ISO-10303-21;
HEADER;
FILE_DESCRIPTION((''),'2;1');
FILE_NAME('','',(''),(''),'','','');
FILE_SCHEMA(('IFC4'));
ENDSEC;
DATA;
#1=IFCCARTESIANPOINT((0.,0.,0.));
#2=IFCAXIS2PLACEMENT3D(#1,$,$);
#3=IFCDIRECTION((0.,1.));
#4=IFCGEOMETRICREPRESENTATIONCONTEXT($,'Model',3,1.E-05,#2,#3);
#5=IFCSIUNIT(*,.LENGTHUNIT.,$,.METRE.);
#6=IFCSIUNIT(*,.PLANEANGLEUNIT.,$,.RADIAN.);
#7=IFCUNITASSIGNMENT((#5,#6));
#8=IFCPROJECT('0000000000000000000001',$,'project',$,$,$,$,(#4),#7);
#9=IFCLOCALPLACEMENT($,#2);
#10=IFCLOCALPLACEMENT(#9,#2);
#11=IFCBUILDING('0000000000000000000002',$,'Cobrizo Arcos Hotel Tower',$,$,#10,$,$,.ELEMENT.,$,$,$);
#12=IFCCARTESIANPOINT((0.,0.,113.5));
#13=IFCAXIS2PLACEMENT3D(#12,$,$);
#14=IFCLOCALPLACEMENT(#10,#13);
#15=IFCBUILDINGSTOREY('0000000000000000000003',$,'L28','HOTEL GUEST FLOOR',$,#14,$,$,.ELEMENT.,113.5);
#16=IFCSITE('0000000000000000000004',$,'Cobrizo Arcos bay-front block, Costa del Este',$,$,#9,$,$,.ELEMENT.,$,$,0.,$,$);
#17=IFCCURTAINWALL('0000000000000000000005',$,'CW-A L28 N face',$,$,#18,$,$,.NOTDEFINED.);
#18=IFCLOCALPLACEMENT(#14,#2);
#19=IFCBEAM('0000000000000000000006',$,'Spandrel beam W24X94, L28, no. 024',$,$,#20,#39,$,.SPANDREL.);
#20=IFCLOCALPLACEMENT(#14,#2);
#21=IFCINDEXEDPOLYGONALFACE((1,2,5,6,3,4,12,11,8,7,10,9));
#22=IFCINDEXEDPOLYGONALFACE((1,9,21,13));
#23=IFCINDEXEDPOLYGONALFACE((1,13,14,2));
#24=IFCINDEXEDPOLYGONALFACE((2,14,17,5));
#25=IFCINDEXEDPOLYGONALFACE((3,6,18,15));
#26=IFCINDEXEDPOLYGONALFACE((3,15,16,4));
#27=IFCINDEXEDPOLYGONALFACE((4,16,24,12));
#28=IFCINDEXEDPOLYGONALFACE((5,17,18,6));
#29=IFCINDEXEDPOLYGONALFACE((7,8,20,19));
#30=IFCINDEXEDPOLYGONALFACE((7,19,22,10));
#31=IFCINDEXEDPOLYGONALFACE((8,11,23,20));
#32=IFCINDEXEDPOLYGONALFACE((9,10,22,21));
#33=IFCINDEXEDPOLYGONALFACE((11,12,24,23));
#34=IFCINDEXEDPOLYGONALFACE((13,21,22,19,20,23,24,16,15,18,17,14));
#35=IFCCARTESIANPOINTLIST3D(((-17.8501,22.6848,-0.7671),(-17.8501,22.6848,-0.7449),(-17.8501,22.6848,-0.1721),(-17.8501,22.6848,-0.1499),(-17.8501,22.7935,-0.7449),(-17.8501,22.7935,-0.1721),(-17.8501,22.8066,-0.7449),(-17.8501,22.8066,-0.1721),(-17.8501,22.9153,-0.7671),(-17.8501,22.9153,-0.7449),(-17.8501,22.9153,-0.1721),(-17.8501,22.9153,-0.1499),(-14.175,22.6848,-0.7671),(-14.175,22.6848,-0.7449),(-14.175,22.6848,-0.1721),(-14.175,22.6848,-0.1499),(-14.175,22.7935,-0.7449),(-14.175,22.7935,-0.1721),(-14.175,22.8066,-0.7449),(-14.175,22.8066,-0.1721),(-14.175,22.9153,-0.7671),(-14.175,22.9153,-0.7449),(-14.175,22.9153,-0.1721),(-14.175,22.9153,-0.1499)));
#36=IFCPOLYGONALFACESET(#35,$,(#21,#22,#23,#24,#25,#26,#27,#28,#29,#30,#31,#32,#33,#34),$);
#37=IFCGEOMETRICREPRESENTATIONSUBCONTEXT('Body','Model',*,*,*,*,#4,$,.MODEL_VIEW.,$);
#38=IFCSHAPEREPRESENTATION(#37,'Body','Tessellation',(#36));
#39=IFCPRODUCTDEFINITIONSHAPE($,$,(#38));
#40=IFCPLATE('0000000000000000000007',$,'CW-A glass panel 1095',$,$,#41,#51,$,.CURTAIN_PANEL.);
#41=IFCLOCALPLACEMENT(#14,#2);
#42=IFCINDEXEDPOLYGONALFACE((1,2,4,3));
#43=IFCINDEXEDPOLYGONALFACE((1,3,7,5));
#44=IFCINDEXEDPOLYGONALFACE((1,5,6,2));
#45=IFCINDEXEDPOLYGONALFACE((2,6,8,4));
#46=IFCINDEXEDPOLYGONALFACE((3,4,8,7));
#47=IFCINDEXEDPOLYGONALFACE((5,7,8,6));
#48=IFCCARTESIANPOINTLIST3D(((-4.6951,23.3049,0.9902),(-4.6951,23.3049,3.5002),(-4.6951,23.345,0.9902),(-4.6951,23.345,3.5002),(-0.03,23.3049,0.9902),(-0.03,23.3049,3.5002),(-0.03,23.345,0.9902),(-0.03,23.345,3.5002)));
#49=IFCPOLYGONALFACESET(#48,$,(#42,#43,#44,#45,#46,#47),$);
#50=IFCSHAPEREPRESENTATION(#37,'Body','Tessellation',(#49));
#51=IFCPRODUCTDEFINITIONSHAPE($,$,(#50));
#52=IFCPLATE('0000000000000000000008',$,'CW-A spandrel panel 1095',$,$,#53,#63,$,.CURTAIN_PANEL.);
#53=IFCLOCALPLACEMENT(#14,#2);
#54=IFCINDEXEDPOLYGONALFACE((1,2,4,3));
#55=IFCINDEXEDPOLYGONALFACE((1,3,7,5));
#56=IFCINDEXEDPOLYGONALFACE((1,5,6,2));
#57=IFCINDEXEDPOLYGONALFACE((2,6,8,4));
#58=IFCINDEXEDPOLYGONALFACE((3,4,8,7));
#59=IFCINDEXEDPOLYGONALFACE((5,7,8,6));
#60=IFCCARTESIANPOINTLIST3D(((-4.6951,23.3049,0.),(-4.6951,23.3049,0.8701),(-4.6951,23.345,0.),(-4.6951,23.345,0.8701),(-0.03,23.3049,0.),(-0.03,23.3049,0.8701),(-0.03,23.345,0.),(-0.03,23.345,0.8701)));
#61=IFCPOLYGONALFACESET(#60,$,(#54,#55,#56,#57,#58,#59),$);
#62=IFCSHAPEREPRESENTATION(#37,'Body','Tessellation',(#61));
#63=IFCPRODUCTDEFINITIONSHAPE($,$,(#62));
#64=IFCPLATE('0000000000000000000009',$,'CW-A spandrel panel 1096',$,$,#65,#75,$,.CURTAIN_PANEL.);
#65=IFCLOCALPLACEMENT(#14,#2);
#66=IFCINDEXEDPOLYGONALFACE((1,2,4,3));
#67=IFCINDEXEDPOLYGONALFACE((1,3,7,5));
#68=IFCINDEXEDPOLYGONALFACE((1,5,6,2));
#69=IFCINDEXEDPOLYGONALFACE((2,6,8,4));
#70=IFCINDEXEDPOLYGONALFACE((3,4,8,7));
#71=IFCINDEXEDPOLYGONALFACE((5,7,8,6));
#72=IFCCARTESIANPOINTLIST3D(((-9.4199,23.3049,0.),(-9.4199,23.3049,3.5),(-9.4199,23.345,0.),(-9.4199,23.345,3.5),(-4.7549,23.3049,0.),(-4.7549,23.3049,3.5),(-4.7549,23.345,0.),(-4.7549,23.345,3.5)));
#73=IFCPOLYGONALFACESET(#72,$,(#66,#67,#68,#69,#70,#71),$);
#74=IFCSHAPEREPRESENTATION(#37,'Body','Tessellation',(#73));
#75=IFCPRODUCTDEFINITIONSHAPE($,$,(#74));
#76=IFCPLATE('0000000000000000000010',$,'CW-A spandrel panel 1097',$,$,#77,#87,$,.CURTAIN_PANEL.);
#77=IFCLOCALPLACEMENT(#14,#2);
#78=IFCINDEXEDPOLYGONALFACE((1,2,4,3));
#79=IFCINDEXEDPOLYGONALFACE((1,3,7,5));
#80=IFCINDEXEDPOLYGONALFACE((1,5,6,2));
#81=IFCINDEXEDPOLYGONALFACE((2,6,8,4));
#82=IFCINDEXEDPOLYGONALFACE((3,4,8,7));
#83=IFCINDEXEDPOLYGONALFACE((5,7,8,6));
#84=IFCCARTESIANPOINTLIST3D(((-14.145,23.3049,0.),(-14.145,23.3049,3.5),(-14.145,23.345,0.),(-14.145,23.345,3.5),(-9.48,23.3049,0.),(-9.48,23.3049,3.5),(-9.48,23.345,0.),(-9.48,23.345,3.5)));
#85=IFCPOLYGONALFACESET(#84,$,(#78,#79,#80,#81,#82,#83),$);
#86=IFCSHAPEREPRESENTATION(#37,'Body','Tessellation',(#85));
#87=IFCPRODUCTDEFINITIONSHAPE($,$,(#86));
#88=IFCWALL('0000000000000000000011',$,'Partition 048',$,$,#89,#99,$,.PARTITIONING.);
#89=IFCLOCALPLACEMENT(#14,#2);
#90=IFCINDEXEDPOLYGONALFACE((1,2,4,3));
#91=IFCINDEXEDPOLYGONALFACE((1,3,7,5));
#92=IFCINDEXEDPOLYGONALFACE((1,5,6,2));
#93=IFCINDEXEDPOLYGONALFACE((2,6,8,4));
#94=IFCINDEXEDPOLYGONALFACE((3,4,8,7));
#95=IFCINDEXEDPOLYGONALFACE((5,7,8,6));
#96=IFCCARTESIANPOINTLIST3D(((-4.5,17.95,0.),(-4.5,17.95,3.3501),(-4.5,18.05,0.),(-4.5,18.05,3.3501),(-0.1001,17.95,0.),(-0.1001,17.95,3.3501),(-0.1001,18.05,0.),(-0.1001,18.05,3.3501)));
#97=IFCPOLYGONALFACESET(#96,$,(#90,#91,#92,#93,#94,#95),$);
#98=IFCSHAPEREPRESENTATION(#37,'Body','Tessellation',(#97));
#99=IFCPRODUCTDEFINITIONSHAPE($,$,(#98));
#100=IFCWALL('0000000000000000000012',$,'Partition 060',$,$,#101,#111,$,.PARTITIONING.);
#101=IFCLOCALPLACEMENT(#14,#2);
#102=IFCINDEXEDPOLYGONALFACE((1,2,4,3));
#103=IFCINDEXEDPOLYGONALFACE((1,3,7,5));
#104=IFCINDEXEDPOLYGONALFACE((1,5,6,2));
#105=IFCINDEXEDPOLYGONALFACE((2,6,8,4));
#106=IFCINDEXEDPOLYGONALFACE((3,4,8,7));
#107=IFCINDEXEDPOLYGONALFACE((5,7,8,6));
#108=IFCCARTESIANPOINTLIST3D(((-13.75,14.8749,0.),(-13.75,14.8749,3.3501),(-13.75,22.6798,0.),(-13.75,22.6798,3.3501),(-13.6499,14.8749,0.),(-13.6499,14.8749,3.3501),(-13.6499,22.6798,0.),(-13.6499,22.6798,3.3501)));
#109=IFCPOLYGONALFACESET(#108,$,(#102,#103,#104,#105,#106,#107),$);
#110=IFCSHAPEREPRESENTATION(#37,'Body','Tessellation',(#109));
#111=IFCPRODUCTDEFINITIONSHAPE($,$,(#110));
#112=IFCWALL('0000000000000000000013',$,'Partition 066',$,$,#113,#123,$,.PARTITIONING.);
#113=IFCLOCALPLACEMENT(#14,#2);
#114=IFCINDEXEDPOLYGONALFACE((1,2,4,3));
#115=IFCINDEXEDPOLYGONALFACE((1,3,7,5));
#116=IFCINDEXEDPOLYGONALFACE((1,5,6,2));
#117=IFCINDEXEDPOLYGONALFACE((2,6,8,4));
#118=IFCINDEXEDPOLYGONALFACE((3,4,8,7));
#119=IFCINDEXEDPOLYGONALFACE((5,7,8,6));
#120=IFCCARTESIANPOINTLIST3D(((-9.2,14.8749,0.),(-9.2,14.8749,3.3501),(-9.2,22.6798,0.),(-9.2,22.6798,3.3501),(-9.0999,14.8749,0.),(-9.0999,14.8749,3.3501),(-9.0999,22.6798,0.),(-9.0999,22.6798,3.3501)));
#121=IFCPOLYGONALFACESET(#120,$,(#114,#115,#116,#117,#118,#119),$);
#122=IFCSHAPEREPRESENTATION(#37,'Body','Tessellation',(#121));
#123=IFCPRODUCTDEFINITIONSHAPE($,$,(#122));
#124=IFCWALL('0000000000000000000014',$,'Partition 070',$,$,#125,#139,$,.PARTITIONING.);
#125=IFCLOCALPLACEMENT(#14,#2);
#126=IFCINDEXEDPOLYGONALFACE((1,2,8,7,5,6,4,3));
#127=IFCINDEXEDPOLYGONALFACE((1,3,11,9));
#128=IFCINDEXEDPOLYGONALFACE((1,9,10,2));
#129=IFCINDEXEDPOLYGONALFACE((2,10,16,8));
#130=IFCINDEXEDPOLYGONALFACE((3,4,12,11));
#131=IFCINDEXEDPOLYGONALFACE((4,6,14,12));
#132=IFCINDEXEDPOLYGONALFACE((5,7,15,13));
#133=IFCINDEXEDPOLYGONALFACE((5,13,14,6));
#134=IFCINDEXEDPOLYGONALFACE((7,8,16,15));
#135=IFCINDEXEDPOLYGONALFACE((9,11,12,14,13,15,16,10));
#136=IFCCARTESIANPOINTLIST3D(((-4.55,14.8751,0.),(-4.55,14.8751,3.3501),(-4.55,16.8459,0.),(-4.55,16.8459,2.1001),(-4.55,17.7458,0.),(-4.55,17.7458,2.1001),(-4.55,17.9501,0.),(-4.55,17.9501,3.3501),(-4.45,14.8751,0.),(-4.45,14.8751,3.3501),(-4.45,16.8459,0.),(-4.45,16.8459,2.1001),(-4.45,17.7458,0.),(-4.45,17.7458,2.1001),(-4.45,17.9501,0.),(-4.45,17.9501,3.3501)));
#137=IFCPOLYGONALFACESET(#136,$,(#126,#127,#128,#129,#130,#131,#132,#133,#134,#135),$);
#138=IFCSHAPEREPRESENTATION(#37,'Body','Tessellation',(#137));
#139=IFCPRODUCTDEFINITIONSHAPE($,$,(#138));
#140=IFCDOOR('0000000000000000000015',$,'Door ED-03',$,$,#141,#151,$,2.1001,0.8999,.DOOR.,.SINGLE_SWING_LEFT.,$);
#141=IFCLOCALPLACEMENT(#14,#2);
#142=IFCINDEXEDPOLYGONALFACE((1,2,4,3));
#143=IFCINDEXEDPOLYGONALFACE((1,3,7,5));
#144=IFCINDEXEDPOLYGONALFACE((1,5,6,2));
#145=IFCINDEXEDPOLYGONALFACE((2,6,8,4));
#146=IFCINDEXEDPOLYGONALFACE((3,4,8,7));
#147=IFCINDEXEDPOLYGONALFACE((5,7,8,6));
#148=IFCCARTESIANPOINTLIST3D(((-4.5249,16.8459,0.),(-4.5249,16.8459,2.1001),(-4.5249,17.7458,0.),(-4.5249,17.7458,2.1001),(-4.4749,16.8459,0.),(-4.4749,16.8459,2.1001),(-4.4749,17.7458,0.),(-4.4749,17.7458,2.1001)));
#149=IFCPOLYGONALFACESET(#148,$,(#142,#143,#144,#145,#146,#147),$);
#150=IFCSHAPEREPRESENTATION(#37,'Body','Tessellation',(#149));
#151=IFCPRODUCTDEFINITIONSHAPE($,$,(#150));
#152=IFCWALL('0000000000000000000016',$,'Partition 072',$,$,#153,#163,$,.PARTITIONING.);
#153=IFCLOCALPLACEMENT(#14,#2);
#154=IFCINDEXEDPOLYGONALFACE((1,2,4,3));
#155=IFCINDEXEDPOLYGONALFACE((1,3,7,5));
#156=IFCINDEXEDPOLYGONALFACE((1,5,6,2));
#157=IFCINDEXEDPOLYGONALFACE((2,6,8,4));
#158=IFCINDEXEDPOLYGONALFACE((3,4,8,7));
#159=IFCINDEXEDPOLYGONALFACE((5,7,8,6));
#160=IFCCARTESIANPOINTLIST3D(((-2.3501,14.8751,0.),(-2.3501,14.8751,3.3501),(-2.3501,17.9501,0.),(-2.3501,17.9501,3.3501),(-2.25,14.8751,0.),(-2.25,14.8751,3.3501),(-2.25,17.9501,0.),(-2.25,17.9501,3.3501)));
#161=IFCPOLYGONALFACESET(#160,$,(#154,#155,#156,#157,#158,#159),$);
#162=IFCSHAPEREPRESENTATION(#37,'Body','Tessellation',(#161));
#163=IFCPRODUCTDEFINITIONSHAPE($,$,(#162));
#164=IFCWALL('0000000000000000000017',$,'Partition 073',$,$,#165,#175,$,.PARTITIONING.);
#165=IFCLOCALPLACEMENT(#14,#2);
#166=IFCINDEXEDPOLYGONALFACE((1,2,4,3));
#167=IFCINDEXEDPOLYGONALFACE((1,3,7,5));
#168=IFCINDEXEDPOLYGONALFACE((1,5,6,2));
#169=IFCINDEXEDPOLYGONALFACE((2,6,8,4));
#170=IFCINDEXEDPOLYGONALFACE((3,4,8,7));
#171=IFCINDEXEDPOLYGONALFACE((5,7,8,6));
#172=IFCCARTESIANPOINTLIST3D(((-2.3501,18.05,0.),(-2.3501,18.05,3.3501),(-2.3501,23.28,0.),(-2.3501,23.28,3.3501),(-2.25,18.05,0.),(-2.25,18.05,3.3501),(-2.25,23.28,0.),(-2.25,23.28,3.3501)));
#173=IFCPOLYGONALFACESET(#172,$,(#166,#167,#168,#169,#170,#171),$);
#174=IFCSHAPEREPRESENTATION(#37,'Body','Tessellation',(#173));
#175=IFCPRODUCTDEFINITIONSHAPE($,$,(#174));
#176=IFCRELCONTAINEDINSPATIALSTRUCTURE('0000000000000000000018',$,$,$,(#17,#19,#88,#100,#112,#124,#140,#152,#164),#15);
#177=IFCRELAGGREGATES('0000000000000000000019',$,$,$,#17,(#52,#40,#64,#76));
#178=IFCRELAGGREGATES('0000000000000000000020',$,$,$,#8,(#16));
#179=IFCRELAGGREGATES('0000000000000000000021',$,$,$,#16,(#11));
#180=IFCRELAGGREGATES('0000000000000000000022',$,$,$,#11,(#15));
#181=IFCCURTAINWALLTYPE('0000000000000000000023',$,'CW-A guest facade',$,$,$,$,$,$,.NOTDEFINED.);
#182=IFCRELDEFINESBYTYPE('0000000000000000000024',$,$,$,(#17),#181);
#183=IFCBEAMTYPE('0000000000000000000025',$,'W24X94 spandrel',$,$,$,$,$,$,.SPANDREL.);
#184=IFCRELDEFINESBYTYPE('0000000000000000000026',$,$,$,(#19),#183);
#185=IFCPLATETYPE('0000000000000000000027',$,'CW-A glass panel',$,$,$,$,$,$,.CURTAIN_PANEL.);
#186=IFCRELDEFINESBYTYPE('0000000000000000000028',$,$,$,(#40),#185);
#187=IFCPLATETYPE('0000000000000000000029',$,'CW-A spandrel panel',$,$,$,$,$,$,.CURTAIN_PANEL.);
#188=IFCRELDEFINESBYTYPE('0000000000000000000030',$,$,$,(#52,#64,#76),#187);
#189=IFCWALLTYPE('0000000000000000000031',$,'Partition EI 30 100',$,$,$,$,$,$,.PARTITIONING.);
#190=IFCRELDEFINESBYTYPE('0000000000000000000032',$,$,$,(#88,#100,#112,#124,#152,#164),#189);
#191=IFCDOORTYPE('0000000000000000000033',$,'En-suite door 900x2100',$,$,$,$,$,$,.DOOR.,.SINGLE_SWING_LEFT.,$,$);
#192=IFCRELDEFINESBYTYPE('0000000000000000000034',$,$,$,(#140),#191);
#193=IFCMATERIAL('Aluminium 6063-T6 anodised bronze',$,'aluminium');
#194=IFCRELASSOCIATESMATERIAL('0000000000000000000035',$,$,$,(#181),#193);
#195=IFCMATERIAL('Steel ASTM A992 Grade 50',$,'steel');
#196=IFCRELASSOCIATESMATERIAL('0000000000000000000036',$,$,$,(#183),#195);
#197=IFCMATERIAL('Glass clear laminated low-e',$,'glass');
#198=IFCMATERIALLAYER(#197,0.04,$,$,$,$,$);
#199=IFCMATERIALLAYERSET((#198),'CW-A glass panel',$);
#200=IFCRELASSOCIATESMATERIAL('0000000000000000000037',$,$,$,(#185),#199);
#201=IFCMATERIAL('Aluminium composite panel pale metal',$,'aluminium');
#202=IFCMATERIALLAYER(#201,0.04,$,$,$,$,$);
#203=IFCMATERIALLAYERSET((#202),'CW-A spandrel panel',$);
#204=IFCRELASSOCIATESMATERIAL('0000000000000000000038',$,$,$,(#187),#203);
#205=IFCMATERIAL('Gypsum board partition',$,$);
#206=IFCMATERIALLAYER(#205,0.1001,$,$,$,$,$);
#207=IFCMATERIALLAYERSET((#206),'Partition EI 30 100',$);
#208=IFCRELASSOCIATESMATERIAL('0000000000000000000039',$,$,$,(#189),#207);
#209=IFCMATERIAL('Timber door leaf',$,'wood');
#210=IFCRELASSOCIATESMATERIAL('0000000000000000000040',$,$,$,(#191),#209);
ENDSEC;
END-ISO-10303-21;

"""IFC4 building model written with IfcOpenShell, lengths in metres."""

from ifc_helpers import new_model, si_unit, direction, frame, frame_2d, origin, origin_2d, place, context, subcontext, project, spatial, rectangle, i_section, extrude, material, layer, layer_set, material_profile, profile_set, type_object, element, fill, aggregate, save


model = new_model("IFC4")

# Units and contexts
model_context = context("Model", 3, precision=1e-05, world=origin(), true_north=direction((0.0, 1.0)))
body_context = subcontext(model_context, "Body", "Model", "MODEL_VIEW")
ifc_project = project(units=[si_unit("LENGTHUNIT", "METRE"), si_unit("PLANEANGLEUNIT", "RADIAN")], contexts=[model_context])

# Site, building, storey
site_placement = place(None, origin())
site = spatial("IfcSite", under=ifc_project, at=site_placement, Name="Cobrizo Arcos bay-front block, Costa del Este", CompositionType="ELEMENT", RefElevation=0.0)
building_placement = place(site_placement, origin())
building = spatial("IfcBuilding", under=site, at=building_placement, Name="Cobrizo Arcos Hotel Tower", CompositionType="ELEMENT")
storey_placement = place(building_placement, frame((0.0, 0.0, 113.5)))
storey = spatial("IfcBuildingStorey", under=building, at=storey_placement, Name="L28", Description="HOTEL GUEST FLOOR", CompositionType="ELEMENT", Elevation=113.5)

# Curtain wall
ifc_material_1 = material(Name="Aluminium 6063-T6 anodised bronze", Category="aluminium")
curtain_wall_type = type_object("IfcCurtainWallType", Name="CW-A guest facade", PredefinedType="NOTDEFINED", material=ifc_material_1)
curtain_wall_placement = place(storey_placement, origin())
curtain_wall = element("IfcCurtainWall", 1, at=curtain_wall_placement, inside=storey, type_object=curtain_wall_type, Name="CW-A L28 N face", PredefinedType="NOTDEFINED")

# Beam
ifc_material_2 = material(Name="Steel ASTM A992 Grade 50", Category="steel")
ifc_material_profile_1 = material_profile(ifc_material_2, i_section(OverallWidth=0.2305, OverallDepth=0.6172, WebThickness=0.0132, FlangeThickness=0.0222, at=origin_2d()), Name="W24X94")
ifc_profile_set_1 = profile_set([ifc_material_profile_1], Name="Steel ASTM A992 Grade 50")
beam_type = type_object("IfcBeamType", Name="W24X94 spandrel", PredefinedType="SPANDREL", material=ifc_profile_set_1)
beam_1_placement = place(storey_placement, frame((-14.175, 22.8, -0.4585), z_axis=(-1.0, 0.0, 0.0), x_axis=(0.0, -1.0, 0.0)))
element("IfcBeam", 2, at=beam_1_placement, inside=storey, type_object=beam_type, Name="Spandrel beam W24X94, L28, no. 024", PredefinedType="SPANDREL", context=body_context, shape_type="SweptSolid", body=[
    extrude(i_section(OverallWidth=0.2305, OverallDepth=0.6172, WebThickness=0.0132, FlangeThickness=0.0222, at=origin_2d()), origin(), (0.0, 0.0, 1.0), 3.675),
])

# Plates
ifc_material_3 = material(Name="Glass clear laminated low-e", Category="glass")
ifc_layer_1 = layer(ifc_material_3, 0.04)
ifc_layer_set_1 = layer_set([ifc_layer_1], Name="CW-A glass panel")
plate_type_1 = type_object("IfcPlateType", Name="CW-A glass panel", PredefinedType="CURTAIN_PANEL", material=ifc_layer_set_1)
plate_1_placement = place(storey_placement, frame((-2.3625, 23.325, 0.9902), z_axis=(0.0, 0.0, 1.0), x_axis=(-1.0, 0.0, 0.0)))
plate_1 = element("IfcPlate", 3, at=plate_1_placement, type_object=plate_type_1, Name="CW-A glass panel 1095", PredefinedType="CURTAIN_PANEL", context=body_context, shape_type="SweptSolid", body=[
    extrude(rectangle(XDim=4.665, YDim=0.04, at=origin_2d()), origin(), (0.0, 0.0, 1.0), 2.51),
])
ifc_material_4 = material(Name="Aluminium composite panel pale metal", Category="aluminium")
ifc_layer_2 = layer(ifc_material_4, 0.04)
ifc_layer_set_2 = layer_set([ifc_layer_2], Name="CW-A spandrel panel")
plate_type_2 = type_object("IfcPlateType", Name="CW-A spandrel panel", PredefinedType="CURTAIN_PANEL", material=ifc_layer_set_2)
plate_2_placement = place(storey_placement, frame((-2.3625, 23.325, 0.0), z_axis=(0.0, 0.0, 1.0), x_axis=(-1.0, 0.0, 0.0)))
plate_2 = element("IfcPlate", 4, at=plate_2_placement, type_object=plate_type_2, Name="CW-A spandrel panel 1095", PredefinedType="CURTAIN_PANEL", context=body_context, shape_type="SweptSolid", body=[
    extrude(rectangle(XDim=4.665, YDim=0.04, at=origin_2d()), origin(), (0.0, 0.0, 1.0), 0.8701),
])
plate_3_placement = place(storey_placement, frame((-7.0874, 23.325, 0.0), z_axis=(0.0, 0.0, 1.0), x_axis=(-1.0, 0.0, 0.0)))
plate_3 = element("IfcPlate", 5, at=plate_3_placement, type_object=plate_type_2, Name="CW-A spandrel panel 1096", PredefinedType="CURTAIN_PANEL", context=body_context, shape_type="SweptSolid", body=[
    extrude(rectangle(XDim=4.665, YDim=0.04, at=origin_2d()), origin(), (0.0, 0.0, 1.0), 3.5),
])
plate_4_placement = place(storey_placement, frame((-11.8125, 23.325, 0.0), z_axis=(0.0, 0.0, 1.0), x_axis=(-1.0, 0.0, 0.0)))
plate_4 = element("IfcPlate", 6, at=plate_4_placement, type_object=plate_type_2, Name="CW-A spandrel panel 1097", PredefinedType="CURTAIN_PANEL", context=body_context, shape_type="SweptSolid", body=[
    extrude(rectangle(XDim=4.665, YDim=0.04, at=origin_2d()), origin(), (0.0, 0.0, 1.0), 3.5),
])
aggregate(curtain_wall, [plate_2, plate_1, plate_3, plate_4])

# Walls
ifc_material_5 = material(Name="Gypsum board partition")
ifc_layer_3 = layer(ifc_material_5, 0.1001)
ifc_layer_set_3 = layer_set([ifc_layer_3], Name="Partition EI 30 100")
wall_type = type_object("IfcWallType", Name="Partition EI 30 100", PredefinedType="PARTITIONING", material=ifc_layer_set_3)
wall_1_placement = place(storey_placement, frame((-4.5, 18.0, 0.0), z_axis=(0.0, 0.0, 1.0), x_axis=(1.0, 0.0, 0.0)))
element("IfcWall", 7, at=wall_1_placement, inside=storey, type_object=wall_type, Name="Partition 048", PredefinedType="PARTITIONING", context=body_context, shape_type="SweptSolid", body=[
    extrude(rectangle(XDim=4.3999, YDim=0.1001, at=frame_2d((2.2, 0.0))), origin(), (0.0, 0.0, 1.0), 3.3501),
])
for number, where, z_axis, x_axis, name in (
    (8, (-13.7, 14.875, 0.0), (0.0, 0.0, 1.0), (0.0, 1.0, 0.0), "Partition 060"),
    (9, (-9.1499, 14.875, 0.0), (0.0, 0.0, 1.0), (0.0, 1.0, 0.0), "Partition 066"),
):
    element("IfcWall", number, at=place(storey_placement, frame(where, z_axis=z_axis, x_axis=x_axis)), inside=storey, type_object=wall_type, Name=name, PredefinedType="PARTITIONING", context=body_context, shape_type="SweptSolid", body=[
        extrude(rectangle(XDim=7.8049, YDim=0.1001, at=frame_2d((3.9023, 0.0))), origin(), (0.0, 0.0, 1.0), 3.3501),
    ])

# Wall, opening, door
wall_2_placement = place(storey_placement, frame((-4.5, 14.875, 0.0), z_axis=(0.0, 0.0, 1.0), x_axis=(0.0, 1.0, 0.0)))
wall_2 = element("IfcWall", 10, at=wall_2_placement, inside=storey, type_object=wall_type, Name="Partition 070", PredefinedType="PARTITIONING", context=body_context, shape_type="SweptSolid", body=[
    extrude(rectangle(XDim=3.075, YDim=0.1001, at=frame_2d((1.5376, 0.0))), origin(), (0.0, 0.0, 1.0), 3.3501),
])
opening_1_placement = place(wall_2_placement, frame((1.9709, 0.0, 0.0)))
opening_1 = element("IfcOpeningElement", 11, at=opening_1_placement, cuts=wall_2, PredefinedType="OPENING", context=body_context, shape_type="SweptSolid", body=[
    extrude(rectangle(XDim=0.8999, YDim=2.1001, at=frame_2d((0.45, 1.05))), frame((0.0, 0.062, 0.0), z_axis=(0.0, -1.0, 0.0), x_axis=(1.0, 0.0, 0.0)), (0.0, 0.0, 1.0), 0.124),
])
ifc_material_6 = material(Name="Timber door leaf", Category="wood")
door_type = type_object("IfcDoorType", Name="En-suite door 900x2100", OperationType="SINGLE_SWING_LEFT", PredefinedType="DOOR", material=ifc_material_6)
door_1_placement = place(opening_1_placement, origin())
door_1 = element("IfcDoor", 12, at=door_1_placement, inside=storey, type_object=door_type, Name="Door ED-03", OperationType="SINGLE_SWING_LEFT", OverallHeight=2.1001, OverallWidth=0.8999, PredefinedType="DOOR", context=body_context, shape_type="SweptSolid", body=[
    extrude(rectangle(XDim=0.8999, YDim=2.1001, at=frame_2d((0.45, 1.05))), frame((0.0, 0.0249, 0.0), z_axis=(0.0, -1.0, 0.0), x_axis=(1.0, 0.0, 0.0)), (0.0, 0.0, 1.0), 0.05),
])
fill(opening_1, door_1)

# Walls
wall_3_placement = place(storey_placement, frame((-2.3, 14.875, 0.0), z_axis=(0.0, 0.0, 1.0), x_axis=(0.0, 1.0, 0.0)))
element("IfcWall", 13, at=wall_3_placement, inside=storey, type_object=wall_type, Name="Partition 072", PredefinedType="PARTITIONING", context=body_context, shape_type="SweptSolid", body=[
    extrude(rectangle(XDim=3.075, YDim=0.1001, at=frame_2d((1.5376, 0.0))), origin(), (0.0, 0.0, 1.0), 3.3501),
])
wall_4_placement = place(storey_placement, frame((-2.3, 18.05, 0.0), z_axis=(0.0, 0.0, 1.0), x_axis=(0.0, 1.0, 0.0)))
element("IfcWall", 14, at=wall_4_placement, inside=storey, type_object=wall_type, Name="Partition 073", PredefinedType="PARTITIONING", context=body_context, shape_type="SweptSolid", body=[
    extrude(rectangle(XDim=5.23, YDim=0.1001, at=frame_2d((2.615, 0.0))), origin(), (0.0, 0.0, 1.0), 3.3501),
])

save(model, "model.ifc")
